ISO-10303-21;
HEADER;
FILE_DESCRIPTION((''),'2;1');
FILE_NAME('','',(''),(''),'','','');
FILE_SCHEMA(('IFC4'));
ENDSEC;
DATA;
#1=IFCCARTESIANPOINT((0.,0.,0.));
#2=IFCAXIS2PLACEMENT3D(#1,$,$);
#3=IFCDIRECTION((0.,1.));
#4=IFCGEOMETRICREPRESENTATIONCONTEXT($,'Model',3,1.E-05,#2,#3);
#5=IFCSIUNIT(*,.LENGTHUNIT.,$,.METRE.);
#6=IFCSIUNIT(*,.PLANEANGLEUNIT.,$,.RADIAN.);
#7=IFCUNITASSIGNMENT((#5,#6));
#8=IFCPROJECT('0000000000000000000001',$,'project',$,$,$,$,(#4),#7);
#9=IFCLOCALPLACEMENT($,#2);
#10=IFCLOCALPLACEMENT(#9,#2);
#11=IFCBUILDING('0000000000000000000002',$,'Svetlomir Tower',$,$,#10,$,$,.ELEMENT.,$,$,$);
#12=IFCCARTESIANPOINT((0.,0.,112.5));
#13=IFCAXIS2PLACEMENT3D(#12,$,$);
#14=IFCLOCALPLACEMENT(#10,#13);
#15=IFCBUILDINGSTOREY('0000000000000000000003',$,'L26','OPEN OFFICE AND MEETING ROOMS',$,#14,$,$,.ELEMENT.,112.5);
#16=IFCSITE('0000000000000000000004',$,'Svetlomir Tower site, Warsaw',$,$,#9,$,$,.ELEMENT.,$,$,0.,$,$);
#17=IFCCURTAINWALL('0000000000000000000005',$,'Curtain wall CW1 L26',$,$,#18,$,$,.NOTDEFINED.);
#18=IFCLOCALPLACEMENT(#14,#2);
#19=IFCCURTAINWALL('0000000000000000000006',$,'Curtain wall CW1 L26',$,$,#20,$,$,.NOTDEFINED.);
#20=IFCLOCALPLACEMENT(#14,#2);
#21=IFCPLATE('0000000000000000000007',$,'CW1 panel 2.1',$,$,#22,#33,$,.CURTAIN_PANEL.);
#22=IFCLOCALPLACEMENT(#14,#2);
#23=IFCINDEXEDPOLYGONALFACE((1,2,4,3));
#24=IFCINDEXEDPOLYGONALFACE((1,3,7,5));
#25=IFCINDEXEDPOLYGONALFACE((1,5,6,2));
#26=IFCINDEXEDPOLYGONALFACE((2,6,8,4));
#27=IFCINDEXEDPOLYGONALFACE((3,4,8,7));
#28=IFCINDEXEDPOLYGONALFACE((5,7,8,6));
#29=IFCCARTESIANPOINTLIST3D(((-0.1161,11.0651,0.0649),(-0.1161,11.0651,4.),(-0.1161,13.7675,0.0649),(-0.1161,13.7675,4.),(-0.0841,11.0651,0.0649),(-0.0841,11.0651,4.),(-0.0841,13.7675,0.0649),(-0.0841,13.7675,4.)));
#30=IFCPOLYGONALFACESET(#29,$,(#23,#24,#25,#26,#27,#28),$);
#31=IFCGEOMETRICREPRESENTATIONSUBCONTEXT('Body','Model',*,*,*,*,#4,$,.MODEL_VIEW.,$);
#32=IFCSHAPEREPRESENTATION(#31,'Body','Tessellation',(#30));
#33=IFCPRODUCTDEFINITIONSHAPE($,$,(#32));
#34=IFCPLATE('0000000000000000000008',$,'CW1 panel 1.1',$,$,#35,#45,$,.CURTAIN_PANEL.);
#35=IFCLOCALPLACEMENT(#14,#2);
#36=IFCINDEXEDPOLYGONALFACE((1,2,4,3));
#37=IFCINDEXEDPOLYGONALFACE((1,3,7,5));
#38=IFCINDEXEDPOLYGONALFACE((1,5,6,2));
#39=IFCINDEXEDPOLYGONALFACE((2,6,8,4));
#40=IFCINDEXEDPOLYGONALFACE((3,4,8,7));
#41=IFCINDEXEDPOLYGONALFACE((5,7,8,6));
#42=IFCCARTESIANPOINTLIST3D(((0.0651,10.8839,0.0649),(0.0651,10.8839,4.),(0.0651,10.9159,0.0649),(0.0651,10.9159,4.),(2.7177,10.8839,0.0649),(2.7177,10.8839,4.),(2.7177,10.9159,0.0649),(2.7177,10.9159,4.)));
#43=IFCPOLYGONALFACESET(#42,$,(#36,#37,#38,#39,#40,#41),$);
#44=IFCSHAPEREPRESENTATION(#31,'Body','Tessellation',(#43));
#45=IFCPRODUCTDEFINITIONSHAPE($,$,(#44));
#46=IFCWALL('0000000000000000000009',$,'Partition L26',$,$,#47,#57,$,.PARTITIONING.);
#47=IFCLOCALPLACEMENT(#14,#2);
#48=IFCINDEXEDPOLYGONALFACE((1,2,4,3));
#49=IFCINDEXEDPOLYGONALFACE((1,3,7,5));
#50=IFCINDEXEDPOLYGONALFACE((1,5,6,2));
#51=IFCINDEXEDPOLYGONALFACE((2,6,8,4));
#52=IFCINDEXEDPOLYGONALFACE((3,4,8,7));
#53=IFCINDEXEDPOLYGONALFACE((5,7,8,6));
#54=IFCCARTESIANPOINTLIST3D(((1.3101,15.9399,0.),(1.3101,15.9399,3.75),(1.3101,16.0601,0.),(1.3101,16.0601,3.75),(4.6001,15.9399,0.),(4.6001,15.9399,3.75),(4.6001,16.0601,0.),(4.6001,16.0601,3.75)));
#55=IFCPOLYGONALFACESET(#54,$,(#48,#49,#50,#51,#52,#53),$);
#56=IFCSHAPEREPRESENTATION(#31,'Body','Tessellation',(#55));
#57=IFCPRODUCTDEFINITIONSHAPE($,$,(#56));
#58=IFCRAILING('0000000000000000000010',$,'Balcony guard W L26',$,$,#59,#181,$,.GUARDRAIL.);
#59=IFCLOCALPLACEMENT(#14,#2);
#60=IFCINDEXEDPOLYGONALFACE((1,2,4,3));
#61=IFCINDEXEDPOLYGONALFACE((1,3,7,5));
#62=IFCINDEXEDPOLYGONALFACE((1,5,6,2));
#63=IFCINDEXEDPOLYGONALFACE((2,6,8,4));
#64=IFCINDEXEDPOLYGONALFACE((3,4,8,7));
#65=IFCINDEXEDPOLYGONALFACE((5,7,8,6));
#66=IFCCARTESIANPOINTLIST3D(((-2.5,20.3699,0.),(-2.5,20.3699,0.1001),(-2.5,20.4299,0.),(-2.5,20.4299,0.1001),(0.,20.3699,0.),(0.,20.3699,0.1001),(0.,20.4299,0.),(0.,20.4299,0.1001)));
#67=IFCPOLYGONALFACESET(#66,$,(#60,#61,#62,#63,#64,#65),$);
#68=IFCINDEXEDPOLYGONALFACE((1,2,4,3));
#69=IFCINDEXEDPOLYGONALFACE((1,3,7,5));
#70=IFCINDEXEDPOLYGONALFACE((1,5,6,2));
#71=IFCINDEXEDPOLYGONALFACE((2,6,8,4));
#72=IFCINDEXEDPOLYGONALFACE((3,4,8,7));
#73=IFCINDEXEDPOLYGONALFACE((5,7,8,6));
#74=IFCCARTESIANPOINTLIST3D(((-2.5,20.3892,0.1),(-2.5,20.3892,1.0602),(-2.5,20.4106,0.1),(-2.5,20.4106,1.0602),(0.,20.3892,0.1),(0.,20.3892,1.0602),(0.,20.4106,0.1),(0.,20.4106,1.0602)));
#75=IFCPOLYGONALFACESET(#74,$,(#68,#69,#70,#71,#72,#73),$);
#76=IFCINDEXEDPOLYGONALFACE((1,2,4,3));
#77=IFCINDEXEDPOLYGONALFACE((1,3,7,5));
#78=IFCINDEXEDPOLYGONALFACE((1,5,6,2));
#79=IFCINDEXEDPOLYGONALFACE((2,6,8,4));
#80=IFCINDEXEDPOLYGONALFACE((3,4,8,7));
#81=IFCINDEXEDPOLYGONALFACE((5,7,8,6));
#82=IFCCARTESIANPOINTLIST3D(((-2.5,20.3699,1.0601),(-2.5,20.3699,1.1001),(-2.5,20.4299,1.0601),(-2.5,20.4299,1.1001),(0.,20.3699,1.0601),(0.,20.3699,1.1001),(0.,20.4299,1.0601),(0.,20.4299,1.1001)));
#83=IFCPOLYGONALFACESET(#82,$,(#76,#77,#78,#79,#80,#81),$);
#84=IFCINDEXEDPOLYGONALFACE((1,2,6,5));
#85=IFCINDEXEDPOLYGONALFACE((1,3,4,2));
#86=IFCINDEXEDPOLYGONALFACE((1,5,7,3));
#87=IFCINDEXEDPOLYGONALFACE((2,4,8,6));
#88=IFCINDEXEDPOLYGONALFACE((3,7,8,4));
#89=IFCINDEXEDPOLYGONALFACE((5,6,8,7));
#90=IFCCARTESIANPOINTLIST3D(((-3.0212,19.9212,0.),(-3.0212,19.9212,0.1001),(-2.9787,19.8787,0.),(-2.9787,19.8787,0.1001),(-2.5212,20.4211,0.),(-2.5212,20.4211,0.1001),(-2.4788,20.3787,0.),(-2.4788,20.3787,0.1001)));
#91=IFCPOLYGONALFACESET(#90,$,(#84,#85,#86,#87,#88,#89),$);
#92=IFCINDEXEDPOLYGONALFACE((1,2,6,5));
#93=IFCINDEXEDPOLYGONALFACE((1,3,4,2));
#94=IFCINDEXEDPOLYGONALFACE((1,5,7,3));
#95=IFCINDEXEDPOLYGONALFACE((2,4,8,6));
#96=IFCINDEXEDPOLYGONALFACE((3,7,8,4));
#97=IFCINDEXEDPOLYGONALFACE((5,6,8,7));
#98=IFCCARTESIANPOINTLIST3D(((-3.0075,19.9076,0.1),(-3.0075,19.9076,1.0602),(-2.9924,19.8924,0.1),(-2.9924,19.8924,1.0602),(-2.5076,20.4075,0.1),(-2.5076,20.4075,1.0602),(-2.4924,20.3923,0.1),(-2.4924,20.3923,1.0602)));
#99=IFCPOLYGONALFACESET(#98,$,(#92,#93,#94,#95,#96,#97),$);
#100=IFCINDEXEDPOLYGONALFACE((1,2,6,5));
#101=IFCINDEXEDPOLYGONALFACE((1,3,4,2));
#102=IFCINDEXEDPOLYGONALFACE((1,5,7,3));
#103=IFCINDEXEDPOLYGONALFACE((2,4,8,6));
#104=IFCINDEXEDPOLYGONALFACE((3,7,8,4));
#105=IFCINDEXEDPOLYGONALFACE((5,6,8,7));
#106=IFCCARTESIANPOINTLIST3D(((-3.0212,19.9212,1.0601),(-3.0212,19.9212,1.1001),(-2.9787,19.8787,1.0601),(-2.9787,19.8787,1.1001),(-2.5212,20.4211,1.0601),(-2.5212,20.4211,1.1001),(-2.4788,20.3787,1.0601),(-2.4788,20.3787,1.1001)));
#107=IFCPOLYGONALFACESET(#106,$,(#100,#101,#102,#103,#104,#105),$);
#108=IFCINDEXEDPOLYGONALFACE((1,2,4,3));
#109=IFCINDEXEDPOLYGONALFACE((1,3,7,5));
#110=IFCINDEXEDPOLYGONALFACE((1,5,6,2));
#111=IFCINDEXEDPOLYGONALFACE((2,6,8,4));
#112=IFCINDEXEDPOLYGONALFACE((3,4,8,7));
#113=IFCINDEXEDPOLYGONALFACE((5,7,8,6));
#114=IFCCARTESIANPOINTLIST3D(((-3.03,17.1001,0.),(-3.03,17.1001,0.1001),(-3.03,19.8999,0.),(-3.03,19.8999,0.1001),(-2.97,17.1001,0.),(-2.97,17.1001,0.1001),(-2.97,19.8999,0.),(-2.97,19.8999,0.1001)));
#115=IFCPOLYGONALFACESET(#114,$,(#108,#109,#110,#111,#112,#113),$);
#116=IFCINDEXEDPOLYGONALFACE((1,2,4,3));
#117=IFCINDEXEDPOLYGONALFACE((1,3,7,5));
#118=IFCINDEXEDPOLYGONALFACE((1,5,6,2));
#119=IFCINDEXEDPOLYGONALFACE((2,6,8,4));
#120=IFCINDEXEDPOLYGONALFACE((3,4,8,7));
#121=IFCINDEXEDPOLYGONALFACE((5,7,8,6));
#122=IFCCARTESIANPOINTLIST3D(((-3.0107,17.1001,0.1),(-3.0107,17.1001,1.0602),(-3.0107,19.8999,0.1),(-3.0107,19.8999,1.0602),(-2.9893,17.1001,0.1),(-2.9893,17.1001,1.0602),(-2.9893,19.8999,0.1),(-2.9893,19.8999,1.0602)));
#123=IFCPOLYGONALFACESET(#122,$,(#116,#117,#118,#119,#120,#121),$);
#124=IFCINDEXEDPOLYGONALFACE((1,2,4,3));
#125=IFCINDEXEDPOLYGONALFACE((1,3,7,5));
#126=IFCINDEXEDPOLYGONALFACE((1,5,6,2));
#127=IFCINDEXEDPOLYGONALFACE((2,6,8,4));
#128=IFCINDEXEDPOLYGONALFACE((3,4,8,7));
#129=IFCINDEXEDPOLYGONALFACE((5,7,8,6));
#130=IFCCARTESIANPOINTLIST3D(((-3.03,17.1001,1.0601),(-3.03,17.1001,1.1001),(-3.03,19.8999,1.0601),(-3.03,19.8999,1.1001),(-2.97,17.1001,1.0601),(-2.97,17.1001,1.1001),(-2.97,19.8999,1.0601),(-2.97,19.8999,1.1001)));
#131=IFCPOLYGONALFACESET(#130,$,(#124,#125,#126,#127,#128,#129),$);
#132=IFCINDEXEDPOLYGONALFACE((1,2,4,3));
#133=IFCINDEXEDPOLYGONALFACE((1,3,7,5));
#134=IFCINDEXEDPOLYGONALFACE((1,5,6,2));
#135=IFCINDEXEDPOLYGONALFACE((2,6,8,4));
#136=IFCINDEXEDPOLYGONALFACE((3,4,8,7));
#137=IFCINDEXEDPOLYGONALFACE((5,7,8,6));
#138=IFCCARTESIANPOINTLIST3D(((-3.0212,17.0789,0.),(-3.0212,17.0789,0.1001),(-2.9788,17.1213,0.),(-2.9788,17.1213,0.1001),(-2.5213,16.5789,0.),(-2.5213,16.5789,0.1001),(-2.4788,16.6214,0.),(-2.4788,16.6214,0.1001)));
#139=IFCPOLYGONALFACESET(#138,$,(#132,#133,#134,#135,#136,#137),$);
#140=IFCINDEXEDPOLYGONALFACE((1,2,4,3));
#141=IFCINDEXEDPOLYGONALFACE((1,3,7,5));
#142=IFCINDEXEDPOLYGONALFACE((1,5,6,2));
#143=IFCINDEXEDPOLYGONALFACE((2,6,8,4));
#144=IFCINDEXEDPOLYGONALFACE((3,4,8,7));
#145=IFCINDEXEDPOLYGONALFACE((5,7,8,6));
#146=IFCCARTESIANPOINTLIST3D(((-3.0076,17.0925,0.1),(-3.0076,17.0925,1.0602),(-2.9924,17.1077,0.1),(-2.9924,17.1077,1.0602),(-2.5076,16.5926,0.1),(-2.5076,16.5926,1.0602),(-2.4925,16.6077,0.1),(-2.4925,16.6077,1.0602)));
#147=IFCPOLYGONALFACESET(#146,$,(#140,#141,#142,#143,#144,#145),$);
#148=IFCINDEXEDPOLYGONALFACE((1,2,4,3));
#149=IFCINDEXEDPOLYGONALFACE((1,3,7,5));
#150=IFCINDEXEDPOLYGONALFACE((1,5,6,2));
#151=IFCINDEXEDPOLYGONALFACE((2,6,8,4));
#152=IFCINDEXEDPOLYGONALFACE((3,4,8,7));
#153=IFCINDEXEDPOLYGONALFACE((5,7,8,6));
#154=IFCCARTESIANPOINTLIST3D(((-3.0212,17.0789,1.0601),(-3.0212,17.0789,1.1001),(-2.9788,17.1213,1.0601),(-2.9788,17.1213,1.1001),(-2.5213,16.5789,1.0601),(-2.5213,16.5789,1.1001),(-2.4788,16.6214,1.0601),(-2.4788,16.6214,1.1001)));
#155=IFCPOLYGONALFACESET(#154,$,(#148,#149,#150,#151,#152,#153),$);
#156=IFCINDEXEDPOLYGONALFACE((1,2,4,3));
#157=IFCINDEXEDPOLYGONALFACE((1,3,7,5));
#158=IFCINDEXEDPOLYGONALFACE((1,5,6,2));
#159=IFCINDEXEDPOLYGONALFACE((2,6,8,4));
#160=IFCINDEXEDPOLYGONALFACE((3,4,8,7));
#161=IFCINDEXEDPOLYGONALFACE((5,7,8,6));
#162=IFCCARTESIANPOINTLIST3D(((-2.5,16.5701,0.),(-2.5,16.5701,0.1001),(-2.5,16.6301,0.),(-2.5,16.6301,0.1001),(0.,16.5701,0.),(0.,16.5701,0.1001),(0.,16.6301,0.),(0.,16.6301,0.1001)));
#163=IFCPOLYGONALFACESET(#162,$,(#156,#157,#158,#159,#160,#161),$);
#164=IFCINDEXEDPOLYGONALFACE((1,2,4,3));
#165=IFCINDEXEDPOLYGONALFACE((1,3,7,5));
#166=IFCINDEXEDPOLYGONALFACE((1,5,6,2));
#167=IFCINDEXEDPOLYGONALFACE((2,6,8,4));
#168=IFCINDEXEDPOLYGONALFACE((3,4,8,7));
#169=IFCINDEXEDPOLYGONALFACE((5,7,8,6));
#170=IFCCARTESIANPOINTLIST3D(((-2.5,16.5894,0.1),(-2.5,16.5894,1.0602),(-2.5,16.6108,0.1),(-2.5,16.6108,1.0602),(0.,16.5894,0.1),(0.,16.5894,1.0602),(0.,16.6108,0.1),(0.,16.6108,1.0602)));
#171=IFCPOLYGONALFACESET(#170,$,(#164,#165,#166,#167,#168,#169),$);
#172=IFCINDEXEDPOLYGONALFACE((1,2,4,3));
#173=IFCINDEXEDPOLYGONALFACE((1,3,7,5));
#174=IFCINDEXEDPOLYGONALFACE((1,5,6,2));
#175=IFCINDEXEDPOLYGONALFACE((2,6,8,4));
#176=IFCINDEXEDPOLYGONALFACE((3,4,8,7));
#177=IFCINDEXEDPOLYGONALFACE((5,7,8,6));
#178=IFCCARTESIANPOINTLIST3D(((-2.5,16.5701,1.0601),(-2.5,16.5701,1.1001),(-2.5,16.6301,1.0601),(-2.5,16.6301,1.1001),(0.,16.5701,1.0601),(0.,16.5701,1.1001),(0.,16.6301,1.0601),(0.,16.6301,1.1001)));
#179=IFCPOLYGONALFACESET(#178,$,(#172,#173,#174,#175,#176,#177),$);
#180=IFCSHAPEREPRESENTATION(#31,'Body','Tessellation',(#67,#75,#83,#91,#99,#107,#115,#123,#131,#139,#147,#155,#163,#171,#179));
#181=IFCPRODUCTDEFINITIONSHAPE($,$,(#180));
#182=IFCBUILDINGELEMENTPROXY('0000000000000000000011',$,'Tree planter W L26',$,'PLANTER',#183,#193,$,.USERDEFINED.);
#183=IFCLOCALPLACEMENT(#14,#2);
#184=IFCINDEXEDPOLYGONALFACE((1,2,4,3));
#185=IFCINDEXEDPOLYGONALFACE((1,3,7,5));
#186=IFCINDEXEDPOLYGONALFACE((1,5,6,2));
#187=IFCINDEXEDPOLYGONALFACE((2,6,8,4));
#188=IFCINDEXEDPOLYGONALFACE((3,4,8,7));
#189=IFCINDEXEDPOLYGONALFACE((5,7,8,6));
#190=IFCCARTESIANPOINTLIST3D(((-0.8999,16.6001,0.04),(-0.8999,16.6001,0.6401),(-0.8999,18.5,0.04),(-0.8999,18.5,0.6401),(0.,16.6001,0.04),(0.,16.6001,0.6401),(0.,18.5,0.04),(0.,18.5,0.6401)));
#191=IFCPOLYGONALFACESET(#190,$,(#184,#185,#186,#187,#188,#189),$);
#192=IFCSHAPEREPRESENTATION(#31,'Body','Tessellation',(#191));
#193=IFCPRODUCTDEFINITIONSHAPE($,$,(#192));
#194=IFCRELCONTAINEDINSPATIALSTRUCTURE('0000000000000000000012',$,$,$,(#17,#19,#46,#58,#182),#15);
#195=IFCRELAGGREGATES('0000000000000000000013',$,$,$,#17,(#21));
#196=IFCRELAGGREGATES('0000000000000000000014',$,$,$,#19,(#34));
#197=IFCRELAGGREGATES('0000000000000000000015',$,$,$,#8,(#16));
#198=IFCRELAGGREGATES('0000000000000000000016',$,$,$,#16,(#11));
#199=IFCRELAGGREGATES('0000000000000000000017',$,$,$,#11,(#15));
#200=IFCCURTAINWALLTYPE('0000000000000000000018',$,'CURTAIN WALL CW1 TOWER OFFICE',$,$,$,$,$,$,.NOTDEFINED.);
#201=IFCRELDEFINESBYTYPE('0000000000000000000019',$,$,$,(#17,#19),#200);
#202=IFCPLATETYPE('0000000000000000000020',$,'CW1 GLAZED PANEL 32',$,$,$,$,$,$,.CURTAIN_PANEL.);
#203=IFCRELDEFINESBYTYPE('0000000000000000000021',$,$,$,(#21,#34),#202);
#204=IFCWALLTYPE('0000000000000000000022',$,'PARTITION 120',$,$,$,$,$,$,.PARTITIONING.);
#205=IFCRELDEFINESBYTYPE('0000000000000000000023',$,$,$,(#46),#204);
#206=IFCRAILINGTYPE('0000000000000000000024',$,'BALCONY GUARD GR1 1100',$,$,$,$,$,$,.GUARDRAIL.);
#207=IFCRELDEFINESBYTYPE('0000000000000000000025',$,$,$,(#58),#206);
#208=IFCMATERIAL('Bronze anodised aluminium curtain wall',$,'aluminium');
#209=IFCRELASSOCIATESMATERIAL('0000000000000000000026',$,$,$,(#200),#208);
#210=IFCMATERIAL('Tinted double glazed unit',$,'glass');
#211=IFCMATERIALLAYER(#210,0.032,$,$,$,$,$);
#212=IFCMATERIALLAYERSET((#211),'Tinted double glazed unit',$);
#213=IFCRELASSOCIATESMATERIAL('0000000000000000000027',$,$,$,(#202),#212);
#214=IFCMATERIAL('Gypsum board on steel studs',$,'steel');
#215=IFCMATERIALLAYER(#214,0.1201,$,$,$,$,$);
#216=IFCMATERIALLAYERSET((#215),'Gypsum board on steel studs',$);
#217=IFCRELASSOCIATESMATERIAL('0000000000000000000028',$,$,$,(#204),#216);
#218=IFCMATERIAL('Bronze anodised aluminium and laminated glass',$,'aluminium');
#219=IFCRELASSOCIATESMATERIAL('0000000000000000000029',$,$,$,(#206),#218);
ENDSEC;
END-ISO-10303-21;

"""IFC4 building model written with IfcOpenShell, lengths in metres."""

from ifc_helpers import new_model, si_unit, direction, frame, frame_2d, origin, origin_2d, place, context, subcontext, project, spatial, rectangle, extrude, material, layer, layer_set, type_object, element, aggregate, save


model = new_model("IFC4")

# Units and contexts
model_context = context("Model", 3, precision=1e-05, world=origin(), true_north=direction((0.0, 1.0)))
body_context = subcontext(model_context, "Body", "Model", "MODEL_VIEW")
ifc_project = project(units=[si_unit("LENGTHUNIT", "METRE"), si_unit("PLANEANGLEUNIT", "RADIAN")], contexts=[model_context])

# Site, building, storey
site_placement = place(None, origin())
site = spatial("IfcSite", under=ifc_project, at=site_placement, Name="Svetlomir Tower site, Warsaw", CompositionType="ELEMENT", RefElevation=0.0)
building_placement = place(site_placement, origin())
building = spatial("IfcBuilding", under=site, at=building_placement, Name="Svetlomir Tower", CompositionType="ELEMENT")
storey_placement = place(building_placement, frame((0.0, 0.0, 112.5)))
storey = spatial("IfcBuildingStorey", under=building, at=storey_placement, Name="L26", Description="OPEN OFFICE AND MEETING ROOMS", CompositionType="ELEMENT", Elevation=112.5)

# Curtain wall
ifc_material_1 = material(Name="Bronze anodised aluminium curtain wall", Category="aluminium")
curtain_wall_type = type_object("IfcCurtainWallType", Name="CURTAIN WALL CW1 TOWER OFFICE", PredefinedType="NOTDEFINED", material=ifc_material_1)
curtain_wall_1_placement = place(storey_placement, origin())
curtain_wall_1 = element("IfcCurtainWall", 1, at=curtain_wall_1_placement, inside=storey, type_object=curtain_wall_type, Name="Curtain wall CW1 L26", PredefinedType="NOTDEFINED")

# Curtain wall
curtain_wall_2_placement = place(storey_placement, origin())
curtain_wall_2 = element("IfcCurtainWall", 2, at=curtain_wall_2_placement, inside=storey, type_object=curtain_wall_type, Name="Curtain wall CW1 L26", PredefinedType="NOTDEFINED")

# Plates
ifc_material_2 = material(Name="Tinted double glazed unit", Category="glass")
ifc_layer_1 = layer(ifc_material_2, 0.032)
ifc_layer_set_1 = layer_set([ifc_layer_1], Name="Tinted double glazed unit")
plate_type = type_object("IfcPlateType", Name="CW1 GLAZED PANEL 32", PredefinedType="CURTAIN_PANEL", material=ifc_layer_set_1)
plate_1_placement = place(storey_placement, frame((-0.1001, 12.4163, 0.0649), z_axis=(0.0, 0.0, 1.0), x_axis=(0.0, -1.0, 0.0)))
plate_1 = element("IfcPlate", 3, at=plate_1_placement, type_object=plate_type, Name="CW1 panel 2.1", PredefinedType="CURTAIN_PANEL", context=body_context, shape_type="SweptSolid", body=[
    extrude(rectangle(XDim=2.7024, YDim=0.032, at=origin_2d()), origin(), (0.0, 0.0, 1.0), 3.9351),
])
aggregate(curtain_wall_1, [plate_1])
plate_2_placement = place(storey_placement, frame((1.3914, 10.8999, 0.0649), z_axis=(0.0, 0.0, 1.0), x_axis=(1.0, 0.0, 0.0)))
plate_2 = element("IfcPlate", 4, at=plate_2_placement, type_object=plate_type, Name="CW1 panel 1.1", PredefinedType="CURTAIN_PANEL", context=body_context, shape_type="SweptSolid", body=[
    extrude(rectangle(XDim=2.6526, YDim=0.032, at=origin_2d()), origin(), (0.0, 0.0, 1.0), 3.9351),
])
aggregate(curtain_wall_2, [plate_2])

# Wall
ifc_material_3 = material(Name="Gypsum board on steel studs", Category="steel")
ifc_layer_2 = layer(ifc_material_3, 0.1201)
ifc_layer_set_2 = layer_set([ifc_layer_2], Name="Gypsum board on steel studs")
wall_type_1 = type_object("IfcWallType", Name="PARTITION 120", PredefinedType="PARTITIONING", material=ifc_layer_set_2)
wall_1_placement = place(storey_placement, frame((1.3101, 16.0, 0.0), z_axis=(0.0, 0.0, 1.0), x_axis=(1.0, 0.0, 0.0)))
element("IfcWall", 5, at=wall_1_placement, inside=storey, type_object=wall_type_1, Name="Partition L26", PredefinedType="PARTITIONING", context=body_context, shape_type="SweptSolid", body=[
    extrude(rectangle(XDim=3.29, YDim=0.1201, at=frame_2d((1.645, 0.0))), origin(), (0.0, 0.0, 1.0), 3.75),
])

# Railing
ifc_material_4 = material(Name="Bronze anodised aluminium and laminated glass", Category="aluminium")
railing_type = type_object("IfcRailingType", Name="BALCONY GUARD GR1 1100", PredefinedType="GUARDRAIL", material=ifc_material_4)
railing_placement = place(storey_placement, frame((0.0, 20.3999, 0.0)))
element("IfcRailing", 6, at=railing_placement, inside=storey, type_object=railing_type, Name="Balcony guard W L26", PredefinedType="GUARDRAIL", context=body_context, shape_type="SweptSolid", body=[
    extrude(rectangle(XDim=0.0601, YDim=0.1001, at=origin_2d()), frame((0.0, 0.0, 0.05), z_axis=(-1.0, 0.0, 0.0), x_axis=(0.0, -1.0, 0.0)), (0.0, 0.0, 1.0), 2.5),
    extrude(rectangle(XDim=0.0215, YDim=0.9602, at=origin_2d()), frame((0.0, 0.0, 0.5801), z_axis=(-1.0, 0.0, 0.0), x_axis=(0.0, -1.0, 0.0)), (0.0, 0.0, 1.0), 2.5),
    extrude(rectangle(XDim=0.0601, YDim=0.04, at=origin_2d()), frame((0.0, 0.0, 1.0801), z_axis=(-1.0, 0.0, 0.0), x_axis=(0.0, -1.0, 0.0)), (0.0, 0.0, 1.0), 2.5),
    extrude(rectangle(XDim=0.0601, YDim=0.1001, at=origin_2d()), frame((-2.5, 0.0, 0.05), z_axis=(-0.707107, -0.707107, 0.0), x_axis=(0.707107, -0.707107, 0.0)), (0.0, 0.0, 1.0), 0.707),
    extrude(rectangle(XDim=0.0215, YDim=0.9602, at=origin_2d()), frame((-2.5, 0.0, 0.5801), z_axis=(-0.707107, -0.707107, 0.0), x_axis=(0.707107, -0.707107, 0.0)), (0.0, 0.0, 1.0), 0.707),
    extrude(rectangle(XDim=0.0601, YDim=0.04, at=origin_2d()), frame((-2.5, 0.0, 1.0801), z_axis=(-0.707107, -0.707107, 0.0), x_axis=(0.707107, -0.707107, 0.0)), (0.0, 0.0, 1.0), 0.707),
    extrude(rectangle(XDim=0.0601, YDim=0.1001, at=origin_2d()), frame((-3.0, -0.5, 0.05), z_axis=(0.0, -1.0, 0.0), x_axis=(1.0, 0.0, 0.0)), (0.0, 0.0, 1.0), 2.7998),
    extrude(rectangle(XDim=0.0215, YDim=0.9602, at=origin_2d()), frame((-3.0, -0.5, 0.5801), z_axis=(0.0, -1.0, 0.0), x_axis=(1.0, 0.0, 0.0)), (0.0, 0.0, 1.0), 2.7998),
    extrude(rectangle(XDim=0.0601, YDim=0.04, at=origin_2d()), frame((-3.0, -0.5, 1.0801), z_axis=(0.0, -1.0, 0.0), x_axis=(1.0, 0.0, 0.0)), (0.0, 0.0, 1.0), 2.7998),
    extrude(rectangle(XDim=0.0601, YDim=0.1001, at=origin_2d()), frame((-3.0, -3.2998, 0.05), z_axis=(0.707107, -0.707107, 0.0), x_axis=(0.707107, 0.707107, 0.0)), (0.0, 0.0, 1.0), 0.707),
    extrude(rectangle(XDim=0.0215, YDim=0.9602, at=origin_2d()), frame((-3.0, -3.2998, 0.5801), z_axis=(0.707107, -0.707107, 0.0), x_axis=(0.707107, 0.707107, 0.0)), (0.0, 0.0, 1.0), 0.707),
    extrude(rectangle(XDim=0.0601, YDim=0.04, at=origin_2d()), frame((-3.0, -3.2998, 1.0801), z_axis=(0.707107, -0.707107, 0.0), x_axis=(0.707107, 0.707107, 0.0)), (0.0, 0.0, 1.0), 0.707),
    extrude(rectangle(XDim=0.0601, YDim=0.1001, at=origin_2d()), frame((-2.5, -3.7998, 0.05), z_axis=(1.0, 0.0, 0.0), x_axis=(0.0, 1.0, 0.0)), (0.0, 0.0, 1.0), 2.5),
    extrude(rectangle(XDim=0.0215, YDim=0.9602, at=origin_2d()), frame((-2.5, -3.7998, 0.5801), z_axis=(1.0, 0.0, 0.0), x_axis=(0.0, 1.0, 0.0)), (0.0, 0.0, 1.0), 2.5),
    extrude(rectangle(XDim=0.0601, YDim=0.04, at=origin_2d()), frame((-2.5, -3.7998, 1.0801), z_axis=(1.0, 0.0, 0.0), x_axis=(0.0, 1.0, 0.0)), (0.0, 0.0, 1.0), 2.5),
])

# Building element proxy
proxy_placement = place(storey_placement, frame((-0.45, 17.55, 0.04), z_axis=(0.0, 0.0, 1.0), x_axis=(1.0, 0.0, 0.0)))
element("IfcBuildingElementProxy", 7, at=proxy_placement, inside=storey, Name="Tree planter W L26", ObjectType="PLANTER", PredefinedType="USERDEFINED", context=body_context, shape_type="SweptSolid", body=[
    extrude(rectangle(XDim=0.8999, YDim=1.8999, at=origin_2d()), origin(), (0.0, 0.0, 1.0), 0.6001),
])

save(model, "model.ifc")
